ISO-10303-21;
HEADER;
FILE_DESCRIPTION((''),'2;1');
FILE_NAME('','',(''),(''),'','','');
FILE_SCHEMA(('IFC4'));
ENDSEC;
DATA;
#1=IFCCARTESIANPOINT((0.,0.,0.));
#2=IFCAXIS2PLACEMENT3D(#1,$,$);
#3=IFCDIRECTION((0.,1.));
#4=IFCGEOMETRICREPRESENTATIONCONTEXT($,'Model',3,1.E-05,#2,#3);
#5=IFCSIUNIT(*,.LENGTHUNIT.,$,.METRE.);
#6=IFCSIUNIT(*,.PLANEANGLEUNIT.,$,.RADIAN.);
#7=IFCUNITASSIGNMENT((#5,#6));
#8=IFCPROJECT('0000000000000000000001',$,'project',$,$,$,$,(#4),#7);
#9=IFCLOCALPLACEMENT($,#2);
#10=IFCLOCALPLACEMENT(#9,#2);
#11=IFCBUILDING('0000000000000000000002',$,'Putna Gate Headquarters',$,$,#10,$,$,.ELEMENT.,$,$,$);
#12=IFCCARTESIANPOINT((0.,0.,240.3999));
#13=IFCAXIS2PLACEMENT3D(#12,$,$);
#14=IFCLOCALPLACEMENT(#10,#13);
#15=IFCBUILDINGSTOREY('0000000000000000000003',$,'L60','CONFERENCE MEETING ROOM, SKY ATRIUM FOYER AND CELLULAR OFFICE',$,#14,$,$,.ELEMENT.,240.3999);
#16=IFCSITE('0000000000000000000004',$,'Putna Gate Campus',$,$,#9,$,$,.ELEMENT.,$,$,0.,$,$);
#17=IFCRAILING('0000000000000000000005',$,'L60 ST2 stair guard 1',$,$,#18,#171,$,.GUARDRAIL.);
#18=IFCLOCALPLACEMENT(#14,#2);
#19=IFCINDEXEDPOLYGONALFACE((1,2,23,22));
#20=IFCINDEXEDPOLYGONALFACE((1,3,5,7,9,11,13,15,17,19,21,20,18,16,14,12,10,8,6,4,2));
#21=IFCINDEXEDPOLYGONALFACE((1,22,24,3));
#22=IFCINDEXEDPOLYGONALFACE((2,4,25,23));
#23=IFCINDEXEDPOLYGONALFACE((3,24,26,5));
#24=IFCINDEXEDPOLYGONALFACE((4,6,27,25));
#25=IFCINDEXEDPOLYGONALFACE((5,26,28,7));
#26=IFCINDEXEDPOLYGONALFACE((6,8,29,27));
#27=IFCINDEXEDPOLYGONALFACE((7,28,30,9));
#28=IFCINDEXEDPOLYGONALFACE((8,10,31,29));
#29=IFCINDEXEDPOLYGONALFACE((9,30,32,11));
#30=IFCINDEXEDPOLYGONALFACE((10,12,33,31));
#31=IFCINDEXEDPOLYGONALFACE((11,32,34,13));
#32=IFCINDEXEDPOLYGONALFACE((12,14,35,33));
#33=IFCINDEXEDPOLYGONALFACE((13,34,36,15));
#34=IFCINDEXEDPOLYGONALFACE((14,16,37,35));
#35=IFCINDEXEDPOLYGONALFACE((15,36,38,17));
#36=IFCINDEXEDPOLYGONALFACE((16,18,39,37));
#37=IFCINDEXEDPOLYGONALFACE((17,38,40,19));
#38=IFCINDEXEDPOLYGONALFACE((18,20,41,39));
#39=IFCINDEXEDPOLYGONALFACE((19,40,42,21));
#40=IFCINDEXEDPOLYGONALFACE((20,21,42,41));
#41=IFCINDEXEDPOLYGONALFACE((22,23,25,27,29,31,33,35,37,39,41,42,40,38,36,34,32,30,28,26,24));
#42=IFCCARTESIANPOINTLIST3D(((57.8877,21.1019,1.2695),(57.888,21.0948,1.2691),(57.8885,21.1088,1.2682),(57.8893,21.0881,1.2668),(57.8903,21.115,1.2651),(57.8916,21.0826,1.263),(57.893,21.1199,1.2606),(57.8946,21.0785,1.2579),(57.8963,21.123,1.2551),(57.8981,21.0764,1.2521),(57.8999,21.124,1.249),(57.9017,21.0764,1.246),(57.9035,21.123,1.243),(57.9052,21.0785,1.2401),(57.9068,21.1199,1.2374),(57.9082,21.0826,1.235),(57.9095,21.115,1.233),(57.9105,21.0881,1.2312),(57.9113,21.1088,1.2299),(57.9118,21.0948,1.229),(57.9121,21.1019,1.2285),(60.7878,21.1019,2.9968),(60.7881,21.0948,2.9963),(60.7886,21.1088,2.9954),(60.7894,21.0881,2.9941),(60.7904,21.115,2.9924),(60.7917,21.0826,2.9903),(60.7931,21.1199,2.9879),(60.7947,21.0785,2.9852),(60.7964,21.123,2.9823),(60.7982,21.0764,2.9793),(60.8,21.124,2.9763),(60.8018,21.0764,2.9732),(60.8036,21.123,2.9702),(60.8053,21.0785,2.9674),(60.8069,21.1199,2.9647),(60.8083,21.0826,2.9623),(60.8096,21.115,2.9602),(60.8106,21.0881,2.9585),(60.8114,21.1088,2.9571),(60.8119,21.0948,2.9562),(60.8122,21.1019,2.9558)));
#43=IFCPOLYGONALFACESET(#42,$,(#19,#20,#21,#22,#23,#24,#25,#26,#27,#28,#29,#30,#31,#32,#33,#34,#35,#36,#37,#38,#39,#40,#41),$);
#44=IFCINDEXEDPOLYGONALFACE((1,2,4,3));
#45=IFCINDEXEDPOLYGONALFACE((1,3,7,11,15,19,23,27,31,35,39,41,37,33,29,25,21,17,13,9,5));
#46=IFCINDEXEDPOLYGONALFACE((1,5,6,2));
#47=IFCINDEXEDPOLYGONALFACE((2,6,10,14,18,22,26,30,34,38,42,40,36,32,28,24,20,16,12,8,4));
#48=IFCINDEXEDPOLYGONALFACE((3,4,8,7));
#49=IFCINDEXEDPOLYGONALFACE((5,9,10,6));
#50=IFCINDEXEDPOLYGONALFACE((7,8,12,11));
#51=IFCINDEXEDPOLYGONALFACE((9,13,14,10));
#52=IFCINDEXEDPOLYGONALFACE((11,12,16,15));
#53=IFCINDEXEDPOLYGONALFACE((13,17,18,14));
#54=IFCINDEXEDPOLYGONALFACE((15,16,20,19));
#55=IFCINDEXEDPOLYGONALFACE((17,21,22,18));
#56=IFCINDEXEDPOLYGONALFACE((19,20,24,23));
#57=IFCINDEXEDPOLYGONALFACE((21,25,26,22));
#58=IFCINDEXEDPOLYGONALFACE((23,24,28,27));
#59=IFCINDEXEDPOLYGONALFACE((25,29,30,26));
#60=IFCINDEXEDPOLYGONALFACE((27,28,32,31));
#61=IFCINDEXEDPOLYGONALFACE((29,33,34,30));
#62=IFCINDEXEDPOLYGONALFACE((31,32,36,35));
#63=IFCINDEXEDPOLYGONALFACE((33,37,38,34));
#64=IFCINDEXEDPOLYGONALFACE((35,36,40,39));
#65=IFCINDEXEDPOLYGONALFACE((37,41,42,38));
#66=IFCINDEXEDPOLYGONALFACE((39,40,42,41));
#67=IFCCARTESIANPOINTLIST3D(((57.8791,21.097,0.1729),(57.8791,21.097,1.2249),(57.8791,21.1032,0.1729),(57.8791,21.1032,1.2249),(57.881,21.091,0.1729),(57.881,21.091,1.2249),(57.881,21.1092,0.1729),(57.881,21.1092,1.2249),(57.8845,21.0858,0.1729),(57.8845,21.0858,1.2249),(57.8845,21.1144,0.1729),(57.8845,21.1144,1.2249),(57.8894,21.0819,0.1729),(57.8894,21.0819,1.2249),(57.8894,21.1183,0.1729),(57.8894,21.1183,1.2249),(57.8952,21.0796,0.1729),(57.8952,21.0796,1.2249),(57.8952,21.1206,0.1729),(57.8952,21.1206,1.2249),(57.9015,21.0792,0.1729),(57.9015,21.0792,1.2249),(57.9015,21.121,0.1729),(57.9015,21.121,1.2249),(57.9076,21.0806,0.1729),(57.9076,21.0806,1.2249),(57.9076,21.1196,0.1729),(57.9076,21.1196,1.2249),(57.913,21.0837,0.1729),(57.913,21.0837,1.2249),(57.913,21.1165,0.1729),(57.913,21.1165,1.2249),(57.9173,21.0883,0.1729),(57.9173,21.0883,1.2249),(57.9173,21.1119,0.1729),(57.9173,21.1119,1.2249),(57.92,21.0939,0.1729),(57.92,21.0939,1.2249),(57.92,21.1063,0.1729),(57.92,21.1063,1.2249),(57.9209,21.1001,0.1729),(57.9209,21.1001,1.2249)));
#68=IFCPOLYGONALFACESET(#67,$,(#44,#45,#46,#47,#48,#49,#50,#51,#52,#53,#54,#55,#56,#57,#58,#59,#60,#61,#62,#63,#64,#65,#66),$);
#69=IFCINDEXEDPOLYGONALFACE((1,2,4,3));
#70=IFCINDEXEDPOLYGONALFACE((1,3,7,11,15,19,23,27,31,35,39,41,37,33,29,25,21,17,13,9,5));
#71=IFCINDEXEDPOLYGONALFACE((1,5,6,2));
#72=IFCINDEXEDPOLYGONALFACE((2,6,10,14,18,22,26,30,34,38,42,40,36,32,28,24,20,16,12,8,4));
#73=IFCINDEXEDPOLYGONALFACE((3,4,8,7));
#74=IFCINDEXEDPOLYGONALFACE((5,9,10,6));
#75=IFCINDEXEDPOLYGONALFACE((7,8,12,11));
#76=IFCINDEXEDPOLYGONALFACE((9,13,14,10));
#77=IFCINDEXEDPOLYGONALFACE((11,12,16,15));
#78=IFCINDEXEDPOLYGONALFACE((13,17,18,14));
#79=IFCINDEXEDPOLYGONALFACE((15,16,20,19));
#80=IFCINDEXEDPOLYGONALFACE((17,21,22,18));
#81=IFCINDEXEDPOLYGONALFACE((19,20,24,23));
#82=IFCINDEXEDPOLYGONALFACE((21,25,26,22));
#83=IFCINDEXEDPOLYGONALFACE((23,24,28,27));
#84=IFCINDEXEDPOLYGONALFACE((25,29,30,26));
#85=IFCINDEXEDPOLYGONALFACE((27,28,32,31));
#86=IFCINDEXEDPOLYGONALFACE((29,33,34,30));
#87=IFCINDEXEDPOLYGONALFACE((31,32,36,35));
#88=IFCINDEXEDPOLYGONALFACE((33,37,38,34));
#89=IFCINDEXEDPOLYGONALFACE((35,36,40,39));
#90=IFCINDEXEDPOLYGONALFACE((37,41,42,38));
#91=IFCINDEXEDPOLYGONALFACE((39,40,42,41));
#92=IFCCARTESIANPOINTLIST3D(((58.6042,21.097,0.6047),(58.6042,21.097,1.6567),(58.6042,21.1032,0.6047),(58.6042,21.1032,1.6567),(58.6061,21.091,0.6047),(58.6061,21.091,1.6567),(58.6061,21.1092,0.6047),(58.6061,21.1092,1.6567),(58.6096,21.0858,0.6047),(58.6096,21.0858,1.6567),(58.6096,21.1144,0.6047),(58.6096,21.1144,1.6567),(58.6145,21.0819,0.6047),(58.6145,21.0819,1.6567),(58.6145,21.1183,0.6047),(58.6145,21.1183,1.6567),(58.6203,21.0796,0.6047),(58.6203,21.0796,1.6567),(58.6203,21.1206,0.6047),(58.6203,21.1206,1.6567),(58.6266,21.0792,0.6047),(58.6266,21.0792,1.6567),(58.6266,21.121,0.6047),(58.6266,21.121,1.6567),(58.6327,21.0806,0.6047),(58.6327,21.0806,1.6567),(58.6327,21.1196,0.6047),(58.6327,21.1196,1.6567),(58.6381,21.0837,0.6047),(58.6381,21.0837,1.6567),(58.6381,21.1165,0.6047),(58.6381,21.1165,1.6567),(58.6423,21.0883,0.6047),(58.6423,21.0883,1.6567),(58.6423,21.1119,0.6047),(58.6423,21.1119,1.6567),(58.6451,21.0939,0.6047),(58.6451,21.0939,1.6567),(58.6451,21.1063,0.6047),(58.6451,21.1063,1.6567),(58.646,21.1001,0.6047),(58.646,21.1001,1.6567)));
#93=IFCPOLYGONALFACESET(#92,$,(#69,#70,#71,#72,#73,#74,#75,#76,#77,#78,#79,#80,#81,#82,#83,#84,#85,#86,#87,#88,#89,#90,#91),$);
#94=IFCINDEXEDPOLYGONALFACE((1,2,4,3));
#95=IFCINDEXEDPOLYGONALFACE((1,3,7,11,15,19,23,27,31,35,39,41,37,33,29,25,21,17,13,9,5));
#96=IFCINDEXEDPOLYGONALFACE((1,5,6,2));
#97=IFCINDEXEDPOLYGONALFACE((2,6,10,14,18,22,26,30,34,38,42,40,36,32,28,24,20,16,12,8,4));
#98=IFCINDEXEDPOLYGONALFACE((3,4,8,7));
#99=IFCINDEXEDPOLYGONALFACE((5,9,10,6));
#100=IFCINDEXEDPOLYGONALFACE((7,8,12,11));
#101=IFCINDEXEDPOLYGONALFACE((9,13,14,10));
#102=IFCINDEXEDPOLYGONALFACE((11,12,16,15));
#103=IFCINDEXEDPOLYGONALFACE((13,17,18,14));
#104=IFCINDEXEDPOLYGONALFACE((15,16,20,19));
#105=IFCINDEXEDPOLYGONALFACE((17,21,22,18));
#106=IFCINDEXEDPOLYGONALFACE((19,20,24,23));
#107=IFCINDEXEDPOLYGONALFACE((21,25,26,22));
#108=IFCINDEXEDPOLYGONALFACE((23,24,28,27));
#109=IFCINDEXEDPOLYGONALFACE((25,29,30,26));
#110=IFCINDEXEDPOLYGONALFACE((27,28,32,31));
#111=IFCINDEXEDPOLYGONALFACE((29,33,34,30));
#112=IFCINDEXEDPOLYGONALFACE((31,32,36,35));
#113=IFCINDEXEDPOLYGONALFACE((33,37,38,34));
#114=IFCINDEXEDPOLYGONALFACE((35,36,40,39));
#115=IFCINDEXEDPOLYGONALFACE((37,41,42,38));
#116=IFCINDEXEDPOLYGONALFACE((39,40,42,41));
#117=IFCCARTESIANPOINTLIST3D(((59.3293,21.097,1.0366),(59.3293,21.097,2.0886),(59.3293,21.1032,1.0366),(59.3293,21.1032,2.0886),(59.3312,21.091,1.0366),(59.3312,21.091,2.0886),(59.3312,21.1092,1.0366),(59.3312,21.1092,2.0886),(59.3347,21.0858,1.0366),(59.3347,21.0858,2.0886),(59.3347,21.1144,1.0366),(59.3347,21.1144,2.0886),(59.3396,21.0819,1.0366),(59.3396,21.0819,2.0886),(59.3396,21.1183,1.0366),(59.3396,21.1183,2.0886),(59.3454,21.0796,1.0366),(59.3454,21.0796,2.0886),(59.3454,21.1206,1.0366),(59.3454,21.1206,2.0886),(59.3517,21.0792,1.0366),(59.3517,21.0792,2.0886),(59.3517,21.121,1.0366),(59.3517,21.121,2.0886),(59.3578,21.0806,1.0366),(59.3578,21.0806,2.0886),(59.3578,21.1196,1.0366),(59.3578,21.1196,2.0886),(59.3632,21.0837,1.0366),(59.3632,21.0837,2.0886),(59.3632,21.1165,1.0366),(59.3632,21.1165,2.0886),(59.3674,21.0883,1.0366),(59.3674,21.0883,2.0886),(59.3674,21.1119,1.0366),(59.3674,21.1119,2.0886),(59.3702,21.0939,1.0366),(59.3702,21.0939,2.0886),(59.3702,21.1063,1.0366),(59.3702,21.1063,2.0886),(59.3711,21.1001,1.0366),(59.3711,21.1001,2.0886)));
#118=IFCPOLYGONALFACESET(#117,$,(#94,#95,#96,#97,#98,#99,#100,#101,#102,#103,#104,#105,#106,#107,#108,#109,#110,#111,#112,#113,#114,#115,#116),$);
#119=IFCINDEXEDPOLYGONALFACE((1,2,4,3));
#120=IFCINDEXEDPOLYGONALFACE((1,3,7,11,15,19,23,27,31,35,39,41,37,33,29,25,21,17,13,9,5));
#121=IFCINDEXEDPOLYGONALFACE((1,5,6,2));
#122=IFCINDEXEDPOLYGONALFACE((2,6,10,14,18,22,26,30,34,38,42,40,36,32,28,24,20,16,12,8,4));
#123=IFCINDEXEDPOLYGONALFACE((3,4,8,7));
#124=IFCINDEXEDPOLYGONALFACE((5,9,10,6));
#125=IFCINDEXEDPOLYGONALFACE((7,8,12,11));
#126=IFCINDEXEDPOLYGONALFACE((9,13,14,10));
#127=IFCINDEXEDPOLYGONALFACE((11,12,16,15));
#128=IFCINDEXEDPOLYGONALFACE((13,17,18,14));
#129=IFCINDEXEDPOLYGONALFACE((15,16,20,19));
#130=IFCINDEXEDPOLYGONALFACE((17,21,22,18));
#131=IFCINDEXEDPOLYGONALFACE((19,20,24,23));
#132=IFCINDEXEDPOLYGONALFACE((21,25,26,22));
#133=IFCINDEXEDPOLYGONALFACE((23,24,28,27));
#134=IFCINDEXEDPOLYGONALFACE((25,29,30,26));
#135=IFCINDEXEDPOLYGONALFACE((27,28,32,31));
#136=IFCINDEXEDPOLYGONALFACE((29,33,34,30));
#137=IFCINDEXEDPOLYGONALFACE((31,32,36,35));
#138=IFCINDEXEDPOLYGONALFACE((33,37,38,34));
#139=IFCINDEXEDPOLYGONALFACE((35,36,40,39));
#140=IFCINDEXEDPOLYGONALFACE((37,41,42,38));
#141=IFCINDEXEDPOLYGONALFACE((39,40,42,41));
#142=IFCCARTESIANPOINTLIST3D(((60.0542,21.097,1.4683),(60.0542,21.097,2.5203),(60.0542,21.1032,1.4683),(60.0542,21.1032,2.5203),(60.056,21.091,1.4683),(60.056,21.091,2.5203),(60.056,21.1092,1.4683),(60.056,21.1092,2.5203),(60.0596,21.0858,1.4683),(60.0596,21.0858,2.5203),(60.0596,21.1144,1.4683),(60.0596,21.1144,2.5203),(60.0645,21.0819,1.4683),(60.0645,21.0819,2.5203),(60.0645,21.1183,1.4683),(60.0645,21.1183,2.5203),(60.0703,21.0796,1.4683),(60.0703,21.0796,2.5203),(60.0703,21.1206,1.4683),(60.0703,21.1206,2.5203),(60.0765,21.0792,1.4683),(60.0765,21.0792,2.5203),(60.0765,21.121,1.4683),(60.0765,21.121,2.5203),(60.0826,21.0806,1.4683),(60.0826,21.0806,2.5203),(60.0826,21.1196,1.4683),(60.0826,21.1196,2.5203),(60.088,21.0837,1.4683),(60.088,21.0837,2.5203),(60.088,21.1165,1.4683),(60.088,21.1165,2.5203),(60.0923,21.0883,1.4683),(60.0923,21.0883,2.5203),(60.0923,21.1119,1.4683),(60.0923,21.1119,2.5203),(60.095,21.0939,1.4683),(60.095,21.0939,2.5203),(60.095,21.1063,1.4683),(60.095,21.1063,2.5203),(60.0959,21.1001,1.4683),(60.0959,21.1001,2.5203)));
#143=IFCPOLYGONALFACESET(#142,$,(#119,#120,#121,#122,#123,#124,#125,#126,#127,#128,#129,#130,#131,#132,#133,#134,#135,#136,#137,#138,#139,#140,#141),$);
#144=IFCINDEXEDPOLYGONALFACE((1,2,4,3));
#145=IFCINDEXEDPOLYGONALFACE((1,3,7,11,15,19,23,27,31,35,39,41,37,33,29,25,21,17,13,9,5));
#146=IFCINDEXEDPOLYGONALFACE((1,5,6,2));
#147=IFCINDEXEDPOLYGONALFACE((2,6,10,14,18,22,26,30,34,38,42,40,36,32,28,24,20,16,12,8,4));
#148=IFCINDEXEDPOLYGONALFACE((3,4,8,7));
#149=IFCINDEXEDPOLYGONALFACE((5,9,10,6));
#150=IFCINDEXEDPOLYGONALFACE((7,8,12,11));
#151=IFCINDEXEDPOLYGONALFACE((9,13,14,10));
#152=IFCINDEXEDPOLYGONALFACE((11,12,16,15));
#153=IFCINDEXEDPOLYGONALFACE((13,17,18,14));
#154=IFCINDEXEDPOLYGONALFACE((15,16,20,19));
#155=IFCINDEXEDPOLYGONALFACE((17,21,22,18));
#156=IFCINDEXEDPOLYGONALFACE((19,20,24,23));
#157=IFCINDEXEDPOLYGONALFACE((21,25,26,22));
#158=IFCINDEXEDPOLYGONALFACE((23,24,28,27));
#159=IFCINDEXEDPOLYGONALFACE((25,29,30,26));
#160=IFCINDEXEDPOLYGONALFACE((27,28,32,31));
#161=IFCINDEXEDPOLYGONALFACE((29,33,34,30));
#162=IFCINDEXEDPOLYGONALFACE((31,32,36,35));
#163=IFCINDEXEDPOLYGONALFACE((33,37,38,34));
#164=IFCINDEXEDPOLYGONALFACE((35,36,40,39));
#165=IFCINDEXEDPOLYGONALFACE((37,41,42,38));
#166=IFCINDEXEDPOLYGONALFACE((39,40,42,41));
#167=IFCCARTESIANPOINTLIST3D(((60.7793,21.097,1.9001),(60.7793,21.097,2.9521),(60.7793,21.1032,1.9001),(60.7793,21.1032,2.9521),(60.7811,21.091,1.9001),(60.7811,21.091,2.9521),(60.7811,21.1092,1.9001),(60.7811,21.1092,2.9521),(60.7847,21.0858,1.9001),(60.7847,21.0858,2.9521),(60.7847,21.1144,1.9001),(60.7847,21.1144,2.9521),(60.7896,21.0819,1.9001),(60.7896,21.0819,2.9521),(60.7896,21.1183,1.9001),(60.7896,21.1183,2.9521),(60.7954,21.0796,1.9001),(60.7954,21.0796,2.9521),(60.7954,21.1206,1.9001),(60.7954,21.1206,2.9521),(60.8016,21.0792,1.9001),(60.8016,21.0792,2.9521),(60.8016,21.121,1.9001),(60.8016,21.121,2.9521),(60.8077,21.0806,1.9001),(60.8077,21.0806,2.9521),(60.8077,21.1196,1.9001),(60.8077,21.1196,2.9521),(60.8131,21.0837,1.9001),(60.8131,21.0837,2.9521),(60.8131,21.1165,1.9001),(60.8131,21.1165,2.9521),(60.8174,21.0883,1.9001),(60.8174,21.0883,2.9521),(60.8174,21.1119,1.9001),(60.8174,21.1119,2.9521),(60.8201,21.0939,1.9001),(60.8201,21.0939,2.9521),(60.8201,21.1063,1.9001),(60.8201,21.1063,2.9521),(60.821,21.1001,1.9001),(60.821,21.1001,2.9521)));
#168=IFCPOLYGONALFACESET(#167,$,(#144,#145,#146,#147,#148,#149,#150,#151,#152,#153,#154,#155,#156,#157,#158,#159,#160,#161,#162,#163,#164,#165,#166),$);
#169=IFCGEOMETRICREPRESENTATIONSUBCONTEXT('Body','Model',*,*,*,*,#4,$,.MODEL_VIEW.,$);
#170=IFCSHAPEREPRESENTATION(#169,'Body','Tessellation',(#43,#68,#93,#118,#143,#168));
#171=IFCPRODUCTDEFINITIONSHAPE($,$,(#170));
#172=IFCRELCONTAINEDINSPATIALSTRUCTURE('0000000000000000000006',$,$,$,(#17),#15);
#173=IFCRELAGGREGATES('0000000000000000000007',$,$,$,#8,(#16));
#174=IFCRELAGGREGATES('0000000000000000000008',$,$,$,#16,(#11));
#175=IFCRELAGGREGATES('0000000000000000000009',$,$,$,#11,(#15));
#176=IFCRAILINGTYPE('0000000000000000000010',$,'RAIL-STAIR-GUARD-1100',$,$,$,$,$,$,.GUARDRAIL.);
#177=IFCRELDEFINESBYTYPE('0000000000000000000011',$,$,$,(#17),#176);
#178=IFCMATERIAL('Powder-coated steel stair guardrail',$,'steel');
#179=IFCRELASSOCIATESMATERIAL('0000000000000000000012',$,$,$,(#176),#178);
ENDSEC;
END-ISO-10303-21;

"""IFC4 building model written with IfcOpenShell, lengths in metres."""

from ifc_helpers import new_model, si_unit, direction, frame, origin, origin_2d, place, context, subcontext, project, spatial, circle, extrude, material, type_object, element, save


model = new_model("IFC4")

# Units and contexts
model_context = context("Model", 3, precision=1e-05, world=origin(), true_north=direction((0.0, 1.0)))
body_context = subcontext(model_context, "Body", "Model", "MODEL_VIEW")
ifc_project = project(units=[si_unit("LENGTHUNIT", "METRE"), si_unit("PLANEANGLEUNIT", "RADIAN")], contexts=[model_context])

# Site, building, storey
site_placement = place(None, origin())
site = spatial("IfcSite", under=ifc_project, at=site_placement, Name="Putna Gate Campus", CompositionType="ELEMENT", RefElevation=0.0)
building_placement = place(site_placement, origin())
building = spatial("IfcBuilding", under=site, at=building_placement, Name="Putna Gate Headquarters", CompositionType="ELEMENT")
storey_placement = place(building_placement, frame((0.0, 0.0, 240.3999)))
storey = spatial("IfcBuildingStorey", under=building, at=storey_placement, Name="L60", Description="CONFERENCE MEETING ROOM, SKY ATRIUM FOYER AND CELLULAR OFFICE", CompositionType="ELEMENT", Elevation=240.3999)

# Railing
ifc_material_1 = material(Name="Powder-coated steel stair guardrail", Category="steel")
railing_type_1 = type_object("IfcRailingType", Name="RAIL-STAIR-GUARD-1100", PredefinedType="GUARDRAIL", material=ifc_material_1)
railing_1_placement = place(storey_placement, frame((57.8999, 21.1001, 0.1729)))
element("IfcRailing", 1, at=railing_1_placement, inside=storey, type_object=railing_type_1, Name="L60 ST2 stair guard 1", PredefinedType="GUARDRAIL", context=body_context, shape_type="SweptSolid", body=[
    extrude(circle(Radius=0.0239, at=origin_2d()), frame((0.0, 0.0, 1.0762), z_axis=(0.85916, 0.0, 0.511706), x_axis=(0.0, 1.0, 0.0)), (0.0, 0.0, 1.0), 3.3755),
    extrude(circle(Radius=0.021, at=origin_2d()), origin(), (0.0, 0.0, 1.0), 1.052),
    extrude(circle(Radius=0.021, at=origin_2d()), frame((0.7251, 0.0, 0.4319)), (0.0, 0.0, 1.0), 1.052),
    extrude(circle(Radius=0.021, at=origin_2d()), frame((1.4502, 0.0, 0.8638)), (0.0, 0.0, 1.0), 1.052),
    extrude(circle(Radius=0.021, at=origin_2d()), frame((2.175, 0.0, 1.2954)), (0.0, 0.0, 1.0), 1.052),
    extrude(circle(Radius=0.021, at=origin_2d()), frame((2.9001, 0.0, 1.7273)), (0.0, 0.0, 1.0), 1.052),
])

save(model, "model.ifc")
